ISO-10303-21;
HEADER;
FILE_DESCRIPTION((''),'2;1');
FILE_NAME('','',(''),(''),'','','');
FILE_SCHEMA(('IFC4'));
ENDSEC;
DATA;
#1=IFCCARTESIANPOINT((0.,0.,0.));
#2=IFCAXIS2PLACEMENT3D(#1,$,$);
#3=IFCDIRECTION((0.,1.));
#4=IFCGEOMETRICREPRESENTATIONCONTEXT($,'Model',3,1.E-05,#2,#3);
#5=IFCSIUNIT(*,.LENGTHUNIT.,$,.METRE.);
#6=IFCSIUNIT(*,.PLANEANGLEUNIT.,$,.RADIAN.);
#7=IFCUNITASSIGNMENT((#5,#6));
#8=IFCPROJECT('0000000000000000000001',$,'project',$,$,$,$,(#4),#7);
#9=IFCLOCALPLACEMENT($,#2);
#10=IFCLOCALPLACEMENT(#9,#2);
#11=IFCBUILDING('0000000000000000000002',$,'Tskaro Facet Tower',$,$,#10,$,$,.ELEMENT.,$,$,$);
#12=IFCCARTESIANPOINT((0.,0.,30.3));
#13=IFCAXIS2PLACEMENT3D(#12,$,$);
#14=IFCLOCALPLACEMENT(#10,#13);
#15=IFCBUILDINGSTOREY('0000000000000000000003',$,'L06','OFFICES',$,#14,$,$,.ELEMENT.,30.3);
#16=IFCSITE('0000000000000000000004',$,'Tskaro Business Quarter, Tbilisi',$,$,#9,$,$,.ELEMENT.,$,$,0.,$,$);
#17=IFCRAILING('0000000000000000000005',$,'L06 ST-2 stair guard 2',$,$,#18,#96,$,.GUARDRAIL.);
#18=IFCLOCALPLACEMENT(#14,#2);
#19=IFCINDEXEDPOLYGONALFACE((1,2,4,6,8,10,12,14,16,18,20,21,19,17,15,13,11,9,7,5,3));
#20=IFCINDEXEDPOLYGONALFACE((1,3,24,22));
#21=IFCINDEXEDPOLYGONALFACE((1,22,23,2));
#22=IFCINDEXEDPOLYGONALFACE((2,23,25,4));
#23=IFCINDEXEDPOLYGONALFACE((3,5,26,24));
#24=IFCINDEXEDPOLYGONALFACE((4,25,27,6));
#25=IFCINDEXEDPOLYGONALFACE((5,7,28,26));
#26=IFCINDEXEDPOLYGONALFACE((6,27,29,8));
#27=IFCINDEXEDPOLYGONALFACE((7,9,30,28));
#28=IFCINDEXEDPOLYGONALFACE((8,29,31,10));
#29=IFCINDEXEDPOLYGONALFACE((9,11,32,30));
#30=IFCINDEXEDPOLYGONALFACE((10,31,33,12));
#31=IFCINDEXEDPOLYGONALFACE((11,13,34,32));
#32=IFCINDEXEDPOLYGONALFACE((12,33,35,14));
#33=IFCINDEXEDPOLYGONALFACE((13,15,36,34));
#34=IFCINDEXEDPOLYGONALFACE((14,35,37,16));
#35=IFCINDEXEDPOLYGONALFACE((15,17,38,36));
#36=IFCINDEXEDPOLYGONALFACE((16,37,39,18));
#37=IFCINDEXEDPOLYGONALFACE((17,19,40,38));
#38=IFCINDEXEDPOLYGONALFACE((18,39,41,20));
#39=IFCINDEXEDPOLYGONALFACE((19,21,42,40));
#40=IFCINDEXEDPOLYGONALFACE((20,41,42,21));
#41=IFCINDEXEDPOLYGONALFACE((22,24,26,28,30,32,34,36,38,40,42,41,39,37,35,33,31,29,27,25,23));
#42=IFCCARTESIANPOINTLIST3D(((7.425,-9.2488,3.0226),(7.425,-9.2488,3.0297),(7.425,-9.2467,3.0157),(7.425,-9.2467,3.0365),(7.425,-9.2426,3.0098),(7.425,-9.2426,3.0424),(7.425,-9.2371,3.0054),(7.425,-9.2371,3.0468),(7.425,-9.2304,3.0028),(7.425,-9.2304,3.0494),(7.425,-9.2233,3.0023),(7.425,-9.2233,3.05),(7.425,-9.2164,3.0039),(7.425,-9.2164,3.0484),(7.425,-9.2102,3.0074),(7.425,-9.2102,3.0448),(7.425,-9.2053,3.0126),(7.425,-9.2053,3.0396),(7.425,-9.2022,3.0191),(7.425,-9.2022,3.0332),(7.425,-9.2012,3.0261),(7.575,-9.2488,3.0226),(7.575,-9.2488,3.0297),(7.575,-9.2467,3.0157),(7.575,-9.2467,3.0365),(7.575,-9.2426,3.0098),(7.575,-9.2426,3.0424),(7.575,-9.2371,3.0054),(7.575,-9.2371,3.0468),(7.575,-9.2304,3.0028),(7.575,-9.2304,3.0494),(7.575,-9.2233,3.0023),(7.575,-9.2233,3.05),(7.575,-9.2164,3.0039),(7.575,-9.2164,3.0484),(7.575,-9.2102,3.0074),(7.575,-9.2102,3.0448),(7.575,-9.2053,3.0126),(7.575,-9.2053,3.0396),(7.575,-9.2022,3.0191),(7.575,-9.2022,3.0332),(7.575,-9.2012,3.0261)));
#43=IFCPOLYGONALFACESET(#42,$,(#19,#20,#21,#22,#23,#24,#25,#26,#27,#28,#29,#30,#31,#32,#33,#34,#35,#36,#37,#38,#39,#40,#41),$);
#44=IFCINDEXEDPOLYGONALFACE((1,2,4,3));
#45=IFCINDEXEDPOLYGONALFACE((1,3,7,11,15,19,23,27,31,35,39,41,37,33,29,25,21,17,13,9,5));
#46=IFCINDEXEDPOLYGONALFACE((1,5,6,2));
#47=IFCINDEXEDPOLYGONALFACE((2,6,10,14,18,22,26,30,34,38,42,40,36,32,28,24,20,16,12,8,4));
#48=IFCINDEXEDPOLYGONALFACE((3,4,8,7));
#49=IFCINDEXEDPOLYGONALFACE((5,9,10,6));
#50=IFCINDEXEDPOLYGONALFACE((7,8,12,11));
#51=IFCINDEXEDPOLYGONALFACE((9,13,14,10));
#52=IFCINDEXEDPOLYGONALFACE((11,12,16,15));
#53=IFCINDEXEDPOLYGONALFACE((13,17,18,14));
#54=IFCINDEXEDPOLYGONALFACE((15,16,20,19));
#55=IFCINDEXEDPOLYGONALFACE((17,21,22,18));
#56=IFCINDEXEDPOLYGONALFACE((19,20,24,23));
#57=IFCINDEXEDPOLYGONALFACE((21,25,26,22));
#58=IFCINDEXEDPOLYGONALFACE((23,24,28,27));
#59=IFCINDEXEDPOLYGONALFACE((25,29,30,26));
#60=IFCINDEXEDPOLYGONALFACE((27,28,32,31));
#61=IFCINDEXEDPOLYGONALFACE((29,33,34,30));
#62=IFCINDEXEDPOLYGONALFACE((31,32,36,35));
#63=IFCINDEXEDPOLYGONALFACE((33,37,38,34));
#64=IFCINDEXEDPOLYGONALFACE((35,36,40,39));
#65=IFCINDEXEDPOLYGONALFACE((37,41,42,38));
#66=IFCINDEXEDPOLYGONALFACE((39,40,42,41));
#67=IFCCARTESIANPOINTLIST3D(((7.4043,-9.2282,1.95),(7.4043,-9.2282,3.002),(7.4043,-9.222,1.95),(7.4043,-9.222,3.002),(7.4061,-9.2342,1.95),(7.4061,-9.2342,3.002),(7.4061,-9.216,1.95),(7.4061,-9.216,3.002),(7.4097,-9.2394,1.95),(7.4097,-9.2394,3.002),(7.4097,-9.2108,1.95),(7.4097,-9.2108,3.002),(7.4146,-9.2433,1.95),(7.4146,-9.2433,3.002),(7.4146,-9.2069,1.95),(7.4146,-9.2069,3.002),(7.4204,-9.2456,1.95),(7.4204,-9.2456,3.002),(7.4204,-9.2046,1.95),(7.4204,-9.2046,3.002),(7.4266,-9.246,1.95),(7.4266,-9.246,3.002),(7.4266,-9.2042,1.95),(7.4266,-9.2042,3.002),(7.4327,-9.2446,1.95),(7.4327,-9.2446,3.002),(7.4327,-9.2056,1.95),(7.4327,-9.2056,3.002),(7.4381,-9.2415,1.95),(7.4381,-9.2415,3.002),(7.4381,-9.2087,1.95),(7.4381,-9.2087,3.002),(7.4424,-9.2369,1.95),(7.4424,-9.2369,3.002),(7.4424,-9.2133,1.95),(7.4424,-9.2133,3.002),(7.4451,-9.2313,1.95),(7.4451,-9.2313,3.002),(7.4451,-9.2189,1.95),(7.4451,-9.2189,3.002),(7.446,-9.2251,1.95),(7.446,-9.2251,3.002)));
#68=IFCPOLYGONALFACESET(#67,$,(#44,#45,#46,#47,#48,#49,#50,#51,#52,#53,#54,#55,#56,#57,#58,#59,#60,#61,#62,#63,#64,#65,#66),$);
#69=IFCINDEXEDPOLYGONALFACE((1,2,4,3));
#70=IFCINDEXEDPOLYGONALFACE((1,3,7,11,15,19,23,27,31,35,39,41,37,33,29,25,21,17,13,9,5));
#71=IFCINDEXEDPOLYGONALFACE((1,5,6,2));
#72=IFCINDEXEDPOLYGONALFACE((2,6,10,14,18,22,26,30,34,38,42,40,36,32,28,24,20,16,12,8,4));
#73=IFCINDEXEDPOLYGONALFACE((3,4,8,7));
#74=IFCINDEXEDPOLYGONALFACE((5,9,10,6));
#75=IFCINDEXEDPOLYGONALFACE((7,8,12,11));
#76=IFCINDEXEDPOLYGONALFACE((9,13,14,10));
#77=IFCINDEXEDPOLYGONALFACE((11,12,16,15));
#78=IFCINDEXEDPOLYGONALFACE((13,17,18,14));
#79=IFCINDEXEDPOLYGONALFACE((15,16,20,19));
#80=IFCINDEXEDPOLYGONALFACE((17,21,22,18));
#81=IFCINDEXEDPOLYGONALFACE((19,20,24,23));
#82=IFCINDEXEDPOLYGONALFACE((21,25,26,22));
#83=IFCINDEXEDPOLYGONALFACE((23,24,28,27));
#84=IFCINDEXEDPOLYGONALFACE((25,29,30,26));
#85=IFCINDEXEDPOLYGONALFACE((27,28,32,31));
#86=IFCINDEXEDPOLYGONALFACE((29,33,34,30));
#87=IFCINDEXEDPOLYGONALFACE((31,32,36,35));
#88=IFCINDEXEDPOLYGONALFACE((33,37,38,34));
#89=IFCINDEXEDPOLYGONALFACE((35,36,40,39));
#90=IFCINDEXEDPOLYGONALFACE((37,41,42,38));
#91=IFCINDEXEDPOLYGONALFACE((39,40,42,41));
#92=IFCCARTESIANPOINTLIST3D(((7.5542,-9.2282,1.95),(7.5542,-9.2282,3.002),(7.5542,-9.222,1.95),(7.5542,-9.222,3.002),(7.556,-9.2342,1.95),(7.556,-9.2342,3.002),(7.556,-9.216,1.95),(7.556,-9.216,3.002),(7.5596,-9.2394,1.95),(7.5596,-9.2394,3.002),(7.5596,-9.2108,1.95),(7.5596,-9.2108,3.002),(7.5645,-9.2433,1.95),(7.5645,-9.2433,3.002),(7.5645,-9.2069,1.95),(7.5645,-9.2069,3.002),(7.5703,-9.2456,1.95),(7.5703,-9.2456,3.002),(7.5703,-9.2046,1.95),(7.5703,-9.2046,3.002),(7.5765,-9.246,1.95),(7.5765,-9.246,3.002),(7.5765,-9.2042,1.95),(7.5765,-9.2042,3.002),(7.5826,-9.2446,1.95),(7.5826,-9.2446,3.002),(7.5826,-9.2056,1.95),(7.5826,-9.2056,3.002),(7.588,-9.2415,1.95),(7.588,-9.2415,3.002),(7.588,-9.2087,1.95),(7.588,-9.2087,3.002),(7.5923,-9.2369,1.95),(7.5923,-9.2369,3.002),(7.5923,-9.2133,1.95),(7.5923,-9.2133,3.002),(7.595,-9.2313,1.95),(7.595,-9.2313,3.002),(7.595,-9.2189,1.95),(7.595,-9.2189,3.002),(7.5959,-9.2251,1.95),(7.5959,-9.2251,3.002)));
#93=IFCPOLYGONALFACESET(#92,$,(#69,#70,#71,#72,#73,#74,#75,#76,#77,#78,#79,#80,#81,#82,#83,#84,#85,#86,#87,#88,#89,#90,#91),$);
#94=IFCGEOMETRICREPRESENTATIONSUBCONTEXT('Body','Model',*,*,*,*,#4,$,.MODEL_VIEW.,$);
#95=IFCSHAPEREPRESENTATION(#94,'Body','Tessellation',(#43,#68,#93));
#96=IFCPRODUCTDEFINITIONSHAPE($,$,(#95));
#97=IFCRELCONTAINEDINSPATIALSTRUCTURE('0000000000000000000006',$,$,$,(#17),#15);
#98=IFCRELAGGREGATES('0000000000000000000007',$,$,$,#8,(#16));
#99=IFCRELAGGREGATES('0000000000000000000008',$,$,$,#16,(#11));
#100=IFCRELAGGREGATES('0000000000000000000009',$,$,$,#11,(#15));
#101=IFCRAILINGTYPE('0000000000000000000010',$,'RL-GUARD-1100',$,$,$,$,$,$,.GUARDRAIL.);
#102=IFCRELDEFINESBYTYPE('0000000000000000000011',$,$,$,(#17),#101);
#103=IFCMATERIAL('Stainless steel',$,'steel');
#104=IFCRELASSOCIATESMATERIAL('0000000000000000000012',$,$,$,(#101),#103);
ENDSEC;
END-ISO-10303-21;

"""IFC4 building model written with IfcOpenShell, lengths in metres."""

from ifc_helpers import new_model, si_unit, direction, frame, origin, origin_2d, place, context, subcontext, project, spatial, circle, extrude, material, type_object, element, save


model = new_model("IFC4")

# Units and contexts
model_context = context("Model", 3, precision=1e-05, world=origin(), true_north=direction((0.0, 1.0)))
body_context = subcontext(model_context, "Body", "Model", "MODEL_VIEW")
ifc_project = project(units=[si_unit("LENGTHUNIT", "METRE"), si_unit("PLANEANGLEUNIT", "RADIAN")], contexts=[model_context])

# Site, building, storey
site_placement = place(None, origin())
site = spatial("IfcSite", under=ifc_project, at=site_placement, Name="Tskaro Business Quarter, Tbilisi", CompositionType="ELEMENT", RefElevation=0.0)
building_placement = place(site_placement, origin())
building = spatial("IfcBuilding", under=site, at=building_placement, Name="Tskaro Facet Tower", CompositionType="ELEMENT")
storey_placement = place(building_placement, frame((0.0, 0.0, 30.3)))
storey = spatial("IfcBuildingStorey", under=building, at=storey_placement, Name="L06", Description="OFFICES", CompositionType="ELEMENT", Elevation=30.3)

# Railing
ifc_material_1 = material(Name="Stainless steel", Category="steel")
railing_type_1 = type_object("IfcRailingType", Name="RL-GUARD-1100", PredefinedType="GUARDRAIL", material=ifc_material_1)
railing_1_placement = place(storey_placement, frame((7.425, -9.2251, 1.95)))
element("IfcRailing", 1, at=railing_1_placement, inside=storey, type_object=railing_type_1, Name="L06 ST-2 stair guard 2", PredefinedType="GUARDRAIL", context=body_context, shape_type="SweptSolid", body=[
    extrude(circle(Radius=0.0239, at=origin_2d()), frame((0.0, 0.0, 1.0762), z_axis=(1.0, 0.0, 0.0), x_axis=(0.0, 1.0, 0.0)), (0.0, 0.0, 1.0), 0.1499),
    extrude(circle(Radius=0.021, at=origin_2d()), origin(), (0.0, 0.0, 1.0), 1.052),
    extrude(circle(Radius=0.021, at=origin_2d()), frame((0.1499, 0.0, 0.0)), (0.0, 0.0, 1.0), 1.052),
])

save(model, "model.ifc")
